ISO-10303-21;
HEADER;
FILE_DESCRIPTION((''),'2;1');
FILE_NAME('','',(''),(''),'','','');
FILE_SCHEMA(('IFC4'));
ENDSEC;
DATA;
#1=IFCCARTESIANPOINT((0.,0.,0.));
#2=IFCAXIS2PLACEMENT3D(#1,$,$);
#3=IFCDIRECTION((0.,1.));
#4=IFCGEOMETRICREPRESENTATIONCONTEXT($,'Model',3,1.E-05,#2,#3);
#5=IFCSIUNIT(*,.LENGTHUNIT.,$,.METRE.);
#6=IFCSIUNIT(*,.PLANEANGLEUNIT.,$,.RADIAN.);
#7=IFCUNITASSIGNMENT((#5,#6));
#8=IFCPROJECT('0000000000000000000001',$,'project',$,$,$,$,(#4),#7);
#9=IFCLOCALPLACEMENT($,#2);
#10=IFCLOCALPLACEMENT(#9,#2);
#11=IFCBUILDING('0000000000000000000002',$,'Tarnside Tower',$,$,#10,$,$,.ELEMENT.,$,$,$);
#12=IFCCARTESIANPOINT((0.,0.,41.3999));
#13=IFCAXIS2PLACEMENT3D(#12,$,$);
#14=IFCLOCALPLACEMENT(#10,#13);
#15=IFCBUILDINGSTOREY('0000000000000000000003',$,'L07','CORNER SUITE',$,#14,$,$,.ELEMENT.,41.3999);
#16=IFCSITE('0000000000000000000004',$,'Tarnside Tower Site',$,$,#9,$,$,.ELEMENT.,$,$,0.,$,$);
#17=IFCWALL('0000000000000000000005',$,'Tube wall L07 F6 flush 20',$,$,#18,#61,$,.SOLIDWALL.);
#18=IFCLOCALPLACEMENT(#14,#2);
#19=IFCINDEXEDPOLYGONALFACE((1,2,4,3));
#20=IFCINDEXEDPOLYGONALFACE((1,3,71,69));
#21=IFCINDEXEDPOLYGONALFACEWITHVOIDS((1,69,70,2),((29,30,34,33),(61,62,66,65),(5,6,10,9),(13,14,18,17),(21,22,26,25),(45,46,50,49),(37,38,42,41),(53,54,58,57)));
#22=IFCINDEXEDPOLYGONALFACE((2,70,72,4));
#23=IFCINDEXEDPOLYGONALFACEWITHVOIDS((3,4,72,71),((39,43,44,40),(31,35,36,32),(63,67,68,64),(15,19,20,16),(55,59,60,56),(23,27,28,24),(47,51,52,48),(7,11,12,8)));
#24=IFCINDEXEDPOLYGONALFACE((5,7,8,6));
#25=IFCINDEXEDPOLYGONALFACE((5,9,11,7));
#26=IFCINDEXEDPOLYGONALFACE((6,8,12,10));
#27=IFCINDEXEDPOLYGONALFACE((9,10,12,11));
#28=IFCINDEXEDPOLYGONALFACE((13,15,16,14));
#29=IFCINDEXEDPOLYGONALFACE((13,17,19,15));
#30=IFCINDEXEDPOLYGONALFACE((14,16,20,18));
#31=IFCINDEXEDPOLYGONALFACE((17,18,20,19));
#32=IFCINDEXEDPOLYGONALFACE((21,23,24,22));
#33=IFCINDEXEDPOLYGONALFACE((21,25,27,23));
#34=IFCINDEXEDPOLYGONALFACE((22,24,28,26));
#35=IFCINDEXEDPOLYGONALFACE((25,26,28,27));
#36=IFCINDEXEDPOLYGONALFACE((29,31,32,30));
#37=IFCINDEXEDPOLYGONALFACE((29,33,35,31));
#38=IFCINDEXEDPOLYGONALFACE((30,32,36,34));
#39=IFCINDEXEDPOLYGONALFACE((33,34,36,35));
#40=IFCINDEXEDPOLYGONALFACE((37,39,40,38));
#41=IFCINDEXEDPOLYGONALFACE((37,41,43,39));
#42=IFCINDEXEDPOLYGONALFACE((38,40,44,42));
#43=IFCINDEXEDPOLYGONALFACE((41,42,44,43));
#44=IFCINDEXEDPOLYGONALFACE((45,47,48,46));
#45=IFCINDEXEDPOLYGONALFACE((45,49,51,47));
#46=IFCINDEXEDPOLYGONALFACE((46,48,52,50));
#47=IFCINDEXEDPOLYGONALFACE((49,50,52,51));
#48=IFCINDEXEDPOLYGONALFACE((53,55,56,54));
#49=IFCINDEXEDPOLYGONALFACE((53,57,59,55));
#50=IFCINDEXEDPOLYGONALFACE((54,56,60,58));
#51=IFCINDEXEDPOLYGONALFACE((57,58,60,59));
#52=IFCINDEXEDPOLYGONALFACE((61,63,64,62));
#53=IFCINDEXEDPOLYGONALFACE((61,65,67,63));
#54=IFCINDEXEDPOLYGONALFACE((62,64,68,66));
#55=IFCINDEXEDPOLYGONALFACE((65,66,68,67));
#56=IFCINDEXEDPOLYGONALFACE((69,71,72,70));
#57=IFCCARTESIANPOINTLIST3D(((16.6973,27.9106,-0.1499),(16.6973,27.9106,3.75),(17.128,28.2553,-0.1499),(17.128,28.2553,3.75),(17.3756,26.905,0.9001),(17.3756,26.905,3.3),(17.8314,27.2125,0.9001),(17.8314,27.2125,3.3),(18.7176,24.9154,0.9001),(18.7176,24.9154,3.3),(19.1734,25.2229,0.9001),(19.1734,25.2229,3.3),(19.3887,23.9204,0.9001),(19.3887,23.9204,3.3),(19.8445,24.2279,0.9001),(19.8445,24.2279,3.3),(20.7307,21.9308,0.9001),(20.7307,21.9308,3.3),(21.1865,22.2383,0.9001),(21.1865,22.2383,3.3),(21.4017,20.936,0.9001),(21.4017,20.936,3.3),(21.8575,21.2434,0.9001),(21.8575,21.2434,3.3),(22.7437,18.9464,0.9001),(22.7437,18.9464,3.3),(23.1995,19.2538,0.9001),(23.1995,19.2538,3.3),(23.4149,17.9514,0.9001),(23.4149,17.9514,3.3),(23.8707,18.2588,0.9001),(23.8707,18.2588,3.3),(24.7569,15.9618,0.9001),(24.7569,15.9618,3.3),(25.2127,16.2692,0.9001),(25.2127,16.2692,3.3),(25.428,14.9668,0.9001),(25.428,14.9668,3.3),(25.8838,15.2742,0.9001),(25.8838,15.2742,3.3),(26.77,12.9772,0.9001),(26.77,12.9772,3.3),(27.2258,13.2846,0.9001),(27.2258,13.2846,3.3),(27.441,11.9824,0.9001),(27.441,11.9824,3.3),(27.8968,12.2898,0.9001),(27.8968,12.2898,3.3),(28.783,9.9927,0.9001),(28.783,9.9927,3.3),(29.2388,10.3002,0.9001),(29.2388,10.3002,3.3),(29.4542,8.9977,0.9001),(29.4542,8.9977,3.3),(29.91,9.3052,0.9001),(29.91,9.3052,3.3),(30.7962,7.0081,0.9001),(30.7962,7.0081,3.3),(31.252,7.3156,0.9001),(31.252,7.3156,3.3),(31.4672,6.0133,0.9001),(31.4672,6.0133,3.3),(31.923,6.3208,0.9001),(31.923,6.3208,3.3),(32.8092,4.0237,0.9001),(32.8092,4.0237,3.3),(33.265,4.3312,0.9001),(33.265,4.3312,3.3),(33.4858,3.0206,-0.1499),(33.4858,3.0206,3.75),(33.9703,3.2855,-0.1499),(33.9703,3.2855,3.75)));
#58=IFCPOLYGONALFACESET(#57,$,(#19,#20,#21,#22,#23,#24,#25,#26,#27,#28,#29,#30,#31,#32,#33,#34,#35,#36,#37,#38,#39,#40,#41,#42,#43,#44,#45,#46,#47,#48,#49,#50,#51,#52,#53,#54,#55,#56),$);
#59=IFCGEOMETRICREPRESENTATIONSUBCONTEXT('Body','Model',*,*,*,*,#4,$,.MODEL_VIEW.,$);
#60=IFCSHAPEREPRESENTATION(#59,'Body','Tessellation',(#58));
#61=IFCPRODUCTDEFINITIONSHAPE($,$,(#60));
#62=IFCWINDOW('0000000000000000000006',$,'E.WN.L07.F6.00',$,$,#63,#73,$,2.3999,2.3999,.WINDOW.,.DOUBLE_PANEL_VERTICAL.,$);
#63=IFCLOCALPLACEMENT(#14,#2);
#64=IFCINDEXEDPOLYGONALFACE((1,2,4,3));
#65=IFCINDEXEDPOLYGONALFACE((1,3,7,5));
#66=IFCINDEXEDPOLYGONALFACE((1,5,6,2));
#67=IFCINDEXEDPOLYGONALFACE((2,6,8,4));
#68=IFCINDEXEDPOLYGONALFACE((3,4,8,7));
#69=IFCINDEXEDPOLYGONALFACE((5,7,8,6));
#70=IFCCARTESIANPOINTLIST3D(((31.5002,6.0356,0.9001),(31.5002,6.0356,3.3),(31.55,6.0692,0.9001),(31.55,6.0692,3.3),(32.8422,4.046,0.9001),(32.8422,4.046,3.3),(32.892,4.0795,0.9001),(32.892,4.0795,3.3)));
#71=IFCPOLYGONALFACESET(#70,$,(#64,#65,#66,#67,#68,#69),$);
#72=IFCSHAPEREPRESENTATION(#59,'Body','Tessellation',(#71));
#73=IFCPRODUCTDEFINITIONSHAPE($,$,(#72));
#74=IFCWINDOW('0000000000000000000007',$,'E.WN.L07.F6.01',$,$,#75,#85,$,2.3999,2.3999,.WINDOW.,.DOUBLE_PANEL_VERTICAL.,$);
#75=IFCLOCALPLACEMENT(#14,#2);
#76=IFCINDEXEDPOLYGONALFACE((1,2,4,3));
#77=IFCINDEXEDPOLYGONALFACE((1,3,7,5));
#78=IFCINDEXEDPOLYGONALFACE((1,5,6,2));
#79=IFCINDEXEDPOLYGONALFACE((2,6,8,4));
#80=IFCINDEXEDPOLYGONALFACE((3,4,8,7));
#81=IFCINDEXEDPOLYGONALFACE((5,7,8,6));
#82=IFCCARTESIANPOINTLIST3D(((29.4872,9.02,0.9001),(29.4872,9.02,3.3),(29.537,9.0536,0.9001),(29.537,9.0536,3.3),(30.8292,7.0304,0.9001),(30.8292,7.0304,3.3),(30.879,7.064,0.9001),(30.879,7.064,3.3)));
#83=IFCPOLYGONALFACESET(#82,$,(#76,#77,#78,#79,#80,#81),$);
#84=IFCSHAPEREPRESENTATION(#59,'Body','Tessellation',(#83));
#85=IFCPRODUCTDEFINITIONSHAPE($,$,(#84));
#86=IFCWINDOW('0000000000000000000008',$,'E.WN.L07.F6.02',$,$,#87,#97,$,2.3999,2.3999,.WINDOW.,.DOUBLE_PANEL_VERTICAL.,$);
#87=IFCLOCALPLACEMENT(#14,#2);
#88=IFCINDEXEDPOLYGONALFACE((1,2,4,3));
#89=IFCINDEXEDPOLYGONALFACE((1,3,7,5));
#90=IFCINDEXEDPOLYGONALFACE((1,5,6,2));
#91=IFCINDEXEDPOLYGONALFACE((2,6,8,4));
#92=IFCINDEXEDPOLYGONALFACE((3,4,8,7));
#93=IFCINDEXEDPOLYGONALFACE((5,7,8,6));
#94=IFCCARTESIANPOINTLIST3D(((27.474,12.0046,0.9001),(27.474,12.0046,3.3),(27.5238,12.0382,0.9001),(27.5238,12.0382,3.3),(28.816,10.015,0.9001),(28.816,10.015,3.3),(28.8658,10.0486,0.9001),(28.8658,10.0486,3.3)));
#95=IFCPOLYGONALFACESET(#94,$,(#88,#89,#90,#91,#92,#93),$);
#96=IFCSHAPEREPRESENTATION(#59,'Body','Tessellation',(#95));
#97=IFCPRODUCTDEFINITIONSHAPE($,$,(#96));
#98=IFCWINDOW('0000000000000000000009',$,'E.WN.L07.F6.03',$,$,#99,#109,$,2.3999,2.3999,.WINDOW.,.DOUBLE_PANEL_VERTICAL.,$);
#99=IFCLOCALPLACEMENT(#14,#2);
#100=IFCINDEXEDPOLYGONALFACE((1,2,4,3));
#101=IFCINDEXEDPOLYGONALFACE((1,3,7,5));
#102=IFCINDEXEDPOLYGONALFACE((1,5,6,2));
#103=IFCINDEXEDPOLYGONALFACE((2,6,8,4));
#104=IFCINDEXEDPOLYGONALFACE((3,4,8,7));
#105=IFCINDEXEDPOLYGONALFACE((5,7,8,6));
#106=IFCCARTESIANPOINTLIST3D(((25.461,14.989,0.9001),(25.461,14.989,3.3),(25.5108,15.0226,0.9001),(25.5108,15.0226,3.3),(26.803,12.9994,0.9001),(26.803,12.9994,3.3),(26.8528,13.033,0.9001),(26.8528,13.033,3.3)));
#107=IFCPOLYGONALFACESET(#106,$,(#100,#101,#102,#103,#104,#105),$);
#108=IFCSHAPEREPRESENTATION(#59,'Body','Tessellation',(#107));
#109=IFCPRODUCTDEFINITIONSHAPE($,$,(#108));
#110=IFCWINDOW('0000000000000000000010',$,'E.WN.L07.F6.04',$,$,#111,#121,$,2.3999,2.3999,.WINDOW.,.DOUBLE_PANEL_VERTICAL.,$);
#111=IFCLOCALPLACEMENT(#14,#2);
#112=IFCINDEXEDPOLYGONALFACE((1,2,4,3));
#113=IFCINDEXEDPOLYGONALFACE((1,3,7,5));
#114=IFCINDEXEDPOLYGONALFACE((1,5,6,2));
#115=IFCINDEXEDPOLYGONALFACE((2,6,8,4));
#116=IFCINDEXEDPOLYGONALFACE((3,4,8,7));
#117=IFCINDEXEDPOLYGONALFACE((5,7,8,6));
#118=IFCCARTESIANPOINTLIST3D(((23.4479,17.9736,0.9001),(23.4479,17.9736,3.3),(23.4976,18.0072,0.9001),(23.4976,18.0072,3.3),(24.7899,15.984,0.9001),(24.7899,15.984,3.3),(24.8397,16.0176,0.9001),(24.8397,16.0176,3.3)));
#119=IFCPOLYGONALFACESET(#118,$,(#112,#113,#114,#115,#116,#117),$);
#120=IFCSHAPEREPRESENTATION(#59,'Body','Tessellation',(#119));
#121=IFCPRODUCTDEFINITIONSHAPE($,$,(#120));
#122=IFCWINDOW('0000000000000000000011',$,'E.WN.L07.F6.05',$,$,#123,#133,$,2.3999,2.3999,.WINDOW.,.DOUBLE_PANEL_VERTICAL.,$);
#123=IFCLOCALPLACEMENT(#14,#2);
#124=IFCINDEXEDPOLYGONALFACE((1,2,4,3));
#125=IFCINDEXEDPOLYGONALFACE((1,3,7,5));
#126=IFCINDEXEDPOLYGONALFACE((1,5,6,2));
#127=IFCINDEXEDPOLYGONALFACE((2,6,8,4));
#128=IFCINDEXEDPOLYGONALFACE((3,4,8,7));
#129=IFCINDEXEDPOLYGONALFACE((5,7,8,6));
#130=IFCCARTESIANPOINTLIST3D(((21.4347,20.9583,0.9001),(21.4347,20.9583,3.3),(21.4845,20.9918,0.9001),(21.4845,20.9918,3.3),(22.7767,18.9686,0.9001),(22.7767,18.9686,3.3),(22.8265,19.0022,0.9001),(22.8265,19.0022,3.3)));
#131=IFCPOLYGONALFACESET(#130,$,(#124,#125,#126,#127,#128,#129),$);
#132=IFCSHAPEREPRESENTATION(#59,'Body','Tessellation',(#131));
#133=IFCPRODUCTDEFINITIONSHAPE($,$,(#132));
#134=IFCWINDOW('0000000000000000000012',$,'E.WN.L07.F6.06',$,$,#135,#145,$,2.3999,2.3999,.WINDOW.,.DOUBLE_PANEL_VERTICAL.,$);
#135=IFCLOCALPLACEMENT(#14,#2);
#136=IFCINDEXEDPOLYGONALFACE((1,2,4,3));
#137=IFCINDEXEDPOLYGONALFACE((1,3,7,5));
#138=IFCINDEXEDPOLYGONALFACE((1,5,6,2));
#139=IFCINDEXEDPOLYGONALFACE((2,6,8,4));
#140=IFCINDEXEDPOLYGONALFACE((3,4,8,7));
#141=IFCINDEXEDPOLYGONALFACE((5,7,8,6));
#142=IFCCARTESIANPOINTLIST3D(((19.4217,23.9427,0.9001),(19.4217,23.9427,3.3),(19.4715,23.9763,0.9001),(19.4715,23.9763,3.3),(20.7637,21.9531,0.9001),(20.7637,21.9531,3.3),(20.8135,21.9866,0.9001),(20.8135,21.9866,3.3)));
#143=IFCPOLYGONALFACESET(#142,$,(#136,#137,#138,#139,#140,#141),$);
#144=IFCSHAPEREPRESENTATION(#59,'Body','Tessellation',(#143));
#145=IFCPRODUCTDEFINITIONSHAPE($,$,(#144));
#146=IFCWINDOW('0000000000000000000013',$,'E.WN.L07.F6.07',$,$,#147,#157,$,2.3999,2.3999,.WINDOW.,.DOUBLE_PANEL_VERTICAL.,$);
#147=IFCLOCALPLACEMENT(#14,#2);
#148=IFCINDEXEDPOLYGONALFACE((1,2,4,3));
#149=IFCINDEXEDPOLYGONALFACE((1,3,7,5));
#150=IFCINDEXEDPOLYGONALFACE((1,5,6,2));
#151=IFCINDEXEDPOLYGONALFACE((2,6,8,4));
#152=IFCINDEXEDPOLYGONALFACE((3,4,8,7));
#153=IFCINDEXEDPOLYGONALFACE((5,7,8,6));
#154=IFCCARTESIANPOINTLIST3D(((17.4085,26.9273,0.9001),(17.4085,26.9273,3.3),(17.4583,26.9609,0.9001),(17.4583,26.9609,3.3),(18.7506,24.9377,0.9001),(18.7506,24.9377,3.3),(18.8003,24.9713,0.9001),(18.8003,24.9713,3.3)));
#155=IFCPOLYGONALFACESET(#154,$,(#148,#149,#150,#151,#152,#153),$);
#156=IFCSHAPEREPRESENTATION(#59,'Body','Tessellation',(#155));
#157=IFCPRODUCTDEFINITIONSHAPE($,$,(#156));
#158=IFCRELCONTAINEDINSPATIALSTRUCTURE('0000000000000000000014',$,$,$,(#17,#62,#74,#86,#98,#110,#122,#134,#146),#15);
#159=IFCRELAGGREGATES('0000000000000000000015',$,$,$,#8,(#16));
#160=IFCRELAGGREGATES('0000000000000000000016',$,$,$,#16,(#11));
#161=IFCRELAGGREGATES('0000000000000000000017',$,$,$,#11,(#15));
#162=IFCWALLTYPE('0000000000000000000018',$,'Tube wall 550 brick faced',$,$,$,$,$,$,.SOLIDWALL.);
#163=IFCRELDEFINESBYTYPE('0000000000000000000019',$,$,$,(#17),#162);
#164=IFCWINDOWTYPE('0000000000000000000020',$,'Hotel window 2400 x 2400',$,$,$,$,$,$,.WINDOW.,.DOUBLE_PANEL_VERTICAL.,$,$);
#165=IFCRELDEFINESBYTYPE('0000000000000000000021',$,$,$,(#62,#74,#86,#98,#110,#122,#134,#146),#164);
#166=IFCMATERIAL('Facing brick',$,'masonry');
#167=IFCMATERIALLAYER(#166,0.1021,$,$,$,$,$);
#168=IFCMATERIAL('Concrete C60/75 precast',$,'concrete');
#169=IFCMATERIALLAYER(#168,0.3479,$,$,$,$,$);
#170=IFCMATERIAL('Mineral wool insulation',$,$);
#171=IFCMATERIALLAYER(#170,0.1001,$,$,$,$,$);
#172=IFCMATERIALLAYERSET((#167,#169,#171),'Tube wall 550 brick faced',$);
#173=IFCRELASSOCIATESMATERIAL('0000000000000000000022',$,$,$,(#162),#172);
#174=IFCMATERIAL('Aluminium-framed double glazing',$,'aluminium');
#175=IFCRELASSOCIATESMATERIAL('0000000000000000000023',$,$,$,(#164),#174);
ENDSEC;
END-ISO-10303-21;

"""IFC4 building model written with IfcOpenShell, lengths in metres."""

from ifc_helpers import new_model, si_unit, direction, frame, frame_2d, origin, place, context, subcontext, project, spatial, polyline, rectangle, outline, extrude, material, layer, layer_set, type_object, element, fill, save


model = new_model("IFC4")

# Units and contexts
model_context = context("Model", 3, precision=1e-05, world=origin(), true_north=direction((0.0, 1.0)))
body_context = subcontext(model_context, "Body", "Model", "MODEL_VIEW")
ifc_project = project(units=[si_unit("LENGTHUNIT", "METRE"), si_unit("PLANEANGLEUNIT", "RADIAN")], contexts=[model_context])

# Site, building, storey
site_placement = place(None, origin())
site = spatial("IfcSite", under=ifc_project, at=site_placement, Name="Tarnside Tower Site", CompositionType="ELEMENT", RefElevation=0.0)
building_placement = place(site_placement, origin())
building = spatial("IfcBuilding", under=site, at=building_placement, Name="Tarnside Tower", CompositionType="ELEMENT")
storey_placement = place(building_placement, frame((0.0, 0.0, 41.3999)))
storey = spatial("IfcBuildingStorey", under=building, at=storey_placement, Name="L07", Description="CORNER SUITE", CompositionType="ELEMENT", Elevation=41.3999)

# Shared definitions
ifc_material_1 = material(Name="Facing brick", Category="masonry")
ifc_layer_1 = layer(ifc_material_1, 0.1021)
ifc_material_2 = material(Name="Concrete C60/75 precast", Category="concrete")
ifc_layer_2 = layer(ifc_material_2, 0.3479)
ifc_material_3 = material(Name="Mineral wool insulation")
ifc_layer_3 = layer(ifc_material_3, 0.1001)
ifc_layer_set_1 = layer_set([ifc_layer_1, ifc_layer_2, ifc_layer_3], Name="Tube wall 550 brick faced")
wall_type_1 = type_object("IfcWallType", Name="Tube wall 550 brick faced", PredefinedType="SOLIDWALL", material=ifc_layer_set_1)

# Wall, openings, windows
wall_1_placement = place(storey_placement, frame((33.728, 3.1531, -0.1499), z_axis=(0.0, 0.0, 1.0), x_axis=(-0.559192, 0.829038, 0.0)))
wall_1 = element("IfcWall", 1, at=wall_1_placement, inside=storey, type_object=wall_type_1, Name="Tube wall L07 F6 flush 20", PredefinedType="SOLIDWALL", context=body_context, shape_type="SweptSolid", body=[
    extrude(outline(polyline([(-0.0256, -0.2749), (30.0933, -0.2749), (30.0483, 0.2749), (0.0256, 0.2749), (-0.0256, -0.2749)])), origin(), (0.0, 0.0, 1.0), 3.8999),
])
opening_1_placement = place(wall_1_placement, frame((1.2356, 0.0, 1.05)))
opening_1 = element("IfcOpeningElement", 2, at=opening_1_placement, cuts=wall_1, PredefinedType="OPENING", context=body_context, shape_type="SweptSolid", body=[
    extrude(rectangle(XDim=2.3999, YDim=2.3999, at=frame_2d((1.2, 1.2))), frame((0.0, 0.2852, 0.0), z_axis=(0.0, -1.0, 0.0), x_axis=(1.0, 0.0, 0.0)), (0.0, 0.0, 1.0), 0.5701),
])
opening_2_placement = place(wall_1_placement, frame((4.8354, 0.0, 1.05)))
opening_2 = element("IfcOpeningElement", 3, at=opening_2_placement, cuts=wall_1, PredefinedType="OPENING", context=body_context, shape_type="SweptSolid", body=[
    extrude(rectangle(XDim=2.3999, YDim=2.3999, at=frame_2d((1.2, 1.2))), frame((0.0, 0.2852, 0.0), z_axis=(0.0, -1.0, 0.0), x_axis=(1.0, 0.0, 0.0)), (0.0, 0.0, 1.0), 0.5701),
])
opening_3_placement = place(wall_1_placement, frame((8.4355, 0.0, 1.05)))
opening_3 = element("IfcOpeningElement", 4, at=opening_3_placement, cuts=wall_1, PredefinedType="OPENING", context=body_context, shape_type="SweptSolid", body=[
    extrude(rectangle(XDim=2.3999, YDim=2.3999, at=frame_2d((1.2, 1.2))), frame((0.0, 0.2852, 0.0), z_axis=(0.0, -1.0, 0.0), x_axis=(1.0, 0.0, 0.0)), (0.0, 0.0, 1.0), 0.5701),
])
opening_4_placement = place(wall_1_placement, frame((12.0354, 0.0, 1.05)))
opening_4 = element("IfcOpeningElement", 5, at=opening_4_placement, cuts=wall_1, PredefinedType="OPENING", context=body_context, shape_type="SweptSolid", body=[
    extrude(rectangle(XDim=2.3999, YDim=2.3999, at=frame_2d((1.2, 1.2))), frame((0.0, 0.2852, 0.0), z_axis=(0.0, -1.0, 0.0), x_axis=(1.0, 0.0, 0.0)), (0.0, 0.0, 1.0), 0.5701),
])
opening_5_placement = place(wall_1_placement, frame((15.6355, 0.0, 1.05)))
opening_5 = element("IfcOpeningElement", 6, at=opening_5_placement, cuts=wall_1, PredefinedType="OPENING", context=body_context, shape_type="SweptSolid", body=[
    extrude(rectangle(XDim=2.3999, YDim=2.3999, at=frame_2d((1.2, 1.2))), frame((0.0, 0.2852, 0.0), z_axis=(0.0, -1.0, 0.0), x_axis=(1.0, 0.0, 0.0)), (0.0, 0.0, 1.0), 0.5701),
])
opening_6_placement = place(wall_1_placement, frame((19.2356, 0.0, 1.05)))
opening_6 = element("IfcOpeningElement", 7, at=opening_6_placement, cuts=wall_1, PredefinedType="OPENING", context=body_context, shape_type="SweptSolid", body=[
    extrude(rectangle(XDim=2.3999, YDim=2.3999, at=frame_2d((1.2, 1.2))), frame((0.0, 0.2852, 0.0), z_axis=(0.0, -1.0, 0.0), x_axis=(1.0, 0.0, 0.0)), (0.0, 0.0, 1.0), 0.5701),
])
opening_7_placement = place(wall_1_placement, frame((22.8354, 0.0, 1.05)))
opening_7 = element("IfcOpeningElement", 8, at=opening_7_placement, cuts=wall_1, PredefinedType="OPENING", context=body_context, shape_type="SweptSolid", body=[
    extrude(rectangle(XDim=2.3999, YDim=2.3999, at=frame_2d((1.2, 1.2))), frame((0.0, 0.2852, 0.0), z_axis=(0.0, -1.0, 0.0), x_axis=(1.0, 0.0, 0.0)), (0.0, 0.0, 1.0), 0.5701),
])
opening_8_placement = place(wall_1_placement, frame((26.4355, 0.0, 1.05)))
opening_8 = element("IfcOpeningElement", 9, at=opening_8_placement, cuts=wall_1, PredefinedType="OPENING", context=body_context, shape_type="SweptSolid", body=[
    extrude(rectangle(XDim=2.3999, YDim=2.3999, at=frame_2d((1.2, 1.2))), frame((0.0, 0.2852, 0.0), z_axis=(0.0, -1.0, 0.0), x_axis=(1.0, 0.0, 0.0)), (0.0, 0.0, 1.0), 0.5701),
])
ifc_material_4 = material(Name="Aluminium-framed double glazing", Category="aluminium")
window_type = type_object("IfcWindowType", Name="Hotel window 2400 x 2400", PartitioningType="DOUBLE_PANEL_VERTICAL", PredefinedType="WINDOW", material=ifc_material_4)
window_1_placement = place(opening_1_placement, frame((0.0, 0.2051, 0.0)))
window_1 = element("IfcWindow", 10, at=window_1_placement, inside=storey, type_object=window_type, Name="E.WN.L07.F6.00", OverallHeight=2.3999, OverallWidth=2.3999, PartitioningType="DOUBLE_PANEL_VERTICAL", PredefinedType="WINDOW", context=body_context, shape_type="SweptSolid", body=[
    extrude(rectangle(XDim=2.3999, YDim=2.3999, at=frame_2d((1.2, 1.2))), frame((0.0, 0.03, 0.0), z_axis=(0.0, -1.0, 0.0), x_axis=(1.0, 0.0, 0.0)), (0.0, 0.0, 1.0), 0.0601),
])
fill(opening_1, window_1)
window_2_placement = place(opening_2_placement, frame((0.0, 0.2051, 0.0)))
window_2 = element("IfcWindow", 11, at=window_2_placement, inside=storey, type_object=window_type, Name="E.WN.L07.F6.01", OverallHeight=2.3999, OverallWidth=2.3999, PartitioningType="DOUBLE_PANEL_VERTICAL", PredefinedType="WINDOW", context=body_context, shape_type="SweptSolid", body=[
    extrude(rectangle(XDim=2.3999, YDim=2.3999, at=frame_2d((1.2, 1.2))), frame((0.0, 0.03, 0.0), z_axis=(0.0, -1.0, 0.0), x_axis=(1.0, 0.0, 0.0)), (0.0, 0.0, 1.0), 0.0601),
])
fill(opening_2, window_2)
window_3_placement = place(opening_3_placement, frame((0.0, 0.2051, 0.0)))
window_3 = element("IfcWindow", 12, at=window_3_placement, inside=storey, type_object=window_type, Name="E.WN.L07.F6.02", OverallHeight=2.3999, OverallWidth=2.3999, PartitioningType="DOUBLE_PANEL_VERTICAL", PredefinedType="WINDOW", context=body_context, shape_type="SweptSolid", body=[
    extrude(rectangle(XDim=2.3999, YDim=2.3999, at=frame_2d((1.2, 1.2))), frame((0.0, 0.03, 0.0), z_axis=(0.0, -1.0, 0.0), x_axis=(1.0, 0.0, 0.0)), (0.0, 0.0, 1.0), 0.0601),
])
fill(opening_3, window_3)
window_4_placement = place(opening_4_placement, frame((0.0, 0.2051, 0.0)))
window_4 = element("IfcWindow", 13, at=window_4_placement, inside=storey, type_object=window_type, Name="E.WN.L07.F6.03", OverallHeight=2.3999, OverallWidth=2.3999, PartitioningType="DOUBLE_PANEL_VERTICAL", PredefinedType="WINDOW", context=body_context, shape_type="SweptSolid", body=[
    extrude(rectangle(XDim=2.3999, YDim=2.3999, at=frame_2d((1.2, 1.2))), frame((0.0, 0.03, 0.0), z_axis=(0.0, -1.0, 0.0), x_axis=(1.0, 0.0, 0.0)), (0.0, 0.0, 1.0), 0.0601),
])
fill(opening_4, window_4)
window_5_placement = place(opening_5_placement, frame((0.0, 0.2051, 0.0)))
window_5 = element("IfcWindow", 14, at=window_5_placement, inside=storey, type_object=window_type, Name="E.WN.L07.F6.04", OverallHeight=2.3999, OverallWidth=2.3999, PartitioningType="DOUBLE_PANEL_VERTICAL", PredefinedType="WINDOW", context=body_context, shape_type="SweptSolid", body=[
    extrude(rectangle(XDim=2.3999, YDim=2.3999, at=frame_2d((1.2, 1.2))), frame((0.0, 0.03, 0.0), z_axis=(0.0, -1.0, 0.0), x_axis=(1.0, 0.0, 0.0)), (0.0, 0.0, 1.0), 0.0601),
])
fill(opening_5, window_5)
window_6_placement = place(opening_6_placement, frame((0.0, 0.2051, 0.0)))
window_6 = element("IfcWindow", 15, at=window_6_placement, inside=storey, type_object=window_type, Name="E.WN.L07.F6.05", OverallHeight=2.3999, OverallWidth=2.3999, PartitioningType="DOUBLE_PANEL_VERTICAL", PredefinedType="WINDOW", context=body_context, shape_type="SweptSolid", body=[
    extrude(rectangle(XDim=2.3999, YDim=2.3999, at=frame_2d((1.2, 1.2))), frame((0.0, 0.03, 0.0), z_axis=(0.0, -1.0, 0.0), x_axis=(1.0, 0.0, 0.0)), (0.0, 0.0, 1.0), 0.0601),
])
fill(opening_6, window_6)
window_7_placement = place(opening_7_placement, frame((0.0, 0.2051, 0.0)))
window_7 = element("IfcWindow", 16, at=window_7_placement, inside=storey, type_object=window_type, Name="E.WN.L07.F6.06", OverallHeight=2.3999, OverallWidth=2.3999, PartitioningType="DOUBLE_PANEL_VERTICAL", PredefinedType="WINDOW", context=body_context, shape_type="SweptSolid", body=[
    extrude(rectangle(XDim=2.3999, YDim=2.3999, at=frame_2d((1.2, 1.2))), frame((0.0, 0.03, 0.0), z_axis=(0.0, -1.0, 0.0), x_axis=(1.0, 0.0, 0.0)), (0.0, 0.0, 1.0), 0.0601),
])
fill(opening_7, window_7)
window_8_placement = place(opening_8_placement, frame((0.0, 0.2051, 0.0)))
window_8 = element("IfcWindow", 17, at=window_8_placement, inside=storey, type_object=window_type, Name="E.WN.L07.F6.07", OverallHeight=2.3999, OverallWidth=2.3999, PartitioningType="DOUBLE_PANEL_VERTICAL", PredefinedType="WINDOW", context=body_context, shape_type="SweptSolid", body=[
    extrude(rectangle(XDim=2.3999, YDim=2.3999, at=frame_2d((1.2, 1.2))), frame((0.0, 0.03, 0.0), z_axis=(0.0, -1.0, 0.0), x_axis=(1.0, 0.0, 0.0)), (0.0, 0.0, 1.0), 0.0601),
])
fill(opening_8, window_8)

save(model, "model.ifc")
